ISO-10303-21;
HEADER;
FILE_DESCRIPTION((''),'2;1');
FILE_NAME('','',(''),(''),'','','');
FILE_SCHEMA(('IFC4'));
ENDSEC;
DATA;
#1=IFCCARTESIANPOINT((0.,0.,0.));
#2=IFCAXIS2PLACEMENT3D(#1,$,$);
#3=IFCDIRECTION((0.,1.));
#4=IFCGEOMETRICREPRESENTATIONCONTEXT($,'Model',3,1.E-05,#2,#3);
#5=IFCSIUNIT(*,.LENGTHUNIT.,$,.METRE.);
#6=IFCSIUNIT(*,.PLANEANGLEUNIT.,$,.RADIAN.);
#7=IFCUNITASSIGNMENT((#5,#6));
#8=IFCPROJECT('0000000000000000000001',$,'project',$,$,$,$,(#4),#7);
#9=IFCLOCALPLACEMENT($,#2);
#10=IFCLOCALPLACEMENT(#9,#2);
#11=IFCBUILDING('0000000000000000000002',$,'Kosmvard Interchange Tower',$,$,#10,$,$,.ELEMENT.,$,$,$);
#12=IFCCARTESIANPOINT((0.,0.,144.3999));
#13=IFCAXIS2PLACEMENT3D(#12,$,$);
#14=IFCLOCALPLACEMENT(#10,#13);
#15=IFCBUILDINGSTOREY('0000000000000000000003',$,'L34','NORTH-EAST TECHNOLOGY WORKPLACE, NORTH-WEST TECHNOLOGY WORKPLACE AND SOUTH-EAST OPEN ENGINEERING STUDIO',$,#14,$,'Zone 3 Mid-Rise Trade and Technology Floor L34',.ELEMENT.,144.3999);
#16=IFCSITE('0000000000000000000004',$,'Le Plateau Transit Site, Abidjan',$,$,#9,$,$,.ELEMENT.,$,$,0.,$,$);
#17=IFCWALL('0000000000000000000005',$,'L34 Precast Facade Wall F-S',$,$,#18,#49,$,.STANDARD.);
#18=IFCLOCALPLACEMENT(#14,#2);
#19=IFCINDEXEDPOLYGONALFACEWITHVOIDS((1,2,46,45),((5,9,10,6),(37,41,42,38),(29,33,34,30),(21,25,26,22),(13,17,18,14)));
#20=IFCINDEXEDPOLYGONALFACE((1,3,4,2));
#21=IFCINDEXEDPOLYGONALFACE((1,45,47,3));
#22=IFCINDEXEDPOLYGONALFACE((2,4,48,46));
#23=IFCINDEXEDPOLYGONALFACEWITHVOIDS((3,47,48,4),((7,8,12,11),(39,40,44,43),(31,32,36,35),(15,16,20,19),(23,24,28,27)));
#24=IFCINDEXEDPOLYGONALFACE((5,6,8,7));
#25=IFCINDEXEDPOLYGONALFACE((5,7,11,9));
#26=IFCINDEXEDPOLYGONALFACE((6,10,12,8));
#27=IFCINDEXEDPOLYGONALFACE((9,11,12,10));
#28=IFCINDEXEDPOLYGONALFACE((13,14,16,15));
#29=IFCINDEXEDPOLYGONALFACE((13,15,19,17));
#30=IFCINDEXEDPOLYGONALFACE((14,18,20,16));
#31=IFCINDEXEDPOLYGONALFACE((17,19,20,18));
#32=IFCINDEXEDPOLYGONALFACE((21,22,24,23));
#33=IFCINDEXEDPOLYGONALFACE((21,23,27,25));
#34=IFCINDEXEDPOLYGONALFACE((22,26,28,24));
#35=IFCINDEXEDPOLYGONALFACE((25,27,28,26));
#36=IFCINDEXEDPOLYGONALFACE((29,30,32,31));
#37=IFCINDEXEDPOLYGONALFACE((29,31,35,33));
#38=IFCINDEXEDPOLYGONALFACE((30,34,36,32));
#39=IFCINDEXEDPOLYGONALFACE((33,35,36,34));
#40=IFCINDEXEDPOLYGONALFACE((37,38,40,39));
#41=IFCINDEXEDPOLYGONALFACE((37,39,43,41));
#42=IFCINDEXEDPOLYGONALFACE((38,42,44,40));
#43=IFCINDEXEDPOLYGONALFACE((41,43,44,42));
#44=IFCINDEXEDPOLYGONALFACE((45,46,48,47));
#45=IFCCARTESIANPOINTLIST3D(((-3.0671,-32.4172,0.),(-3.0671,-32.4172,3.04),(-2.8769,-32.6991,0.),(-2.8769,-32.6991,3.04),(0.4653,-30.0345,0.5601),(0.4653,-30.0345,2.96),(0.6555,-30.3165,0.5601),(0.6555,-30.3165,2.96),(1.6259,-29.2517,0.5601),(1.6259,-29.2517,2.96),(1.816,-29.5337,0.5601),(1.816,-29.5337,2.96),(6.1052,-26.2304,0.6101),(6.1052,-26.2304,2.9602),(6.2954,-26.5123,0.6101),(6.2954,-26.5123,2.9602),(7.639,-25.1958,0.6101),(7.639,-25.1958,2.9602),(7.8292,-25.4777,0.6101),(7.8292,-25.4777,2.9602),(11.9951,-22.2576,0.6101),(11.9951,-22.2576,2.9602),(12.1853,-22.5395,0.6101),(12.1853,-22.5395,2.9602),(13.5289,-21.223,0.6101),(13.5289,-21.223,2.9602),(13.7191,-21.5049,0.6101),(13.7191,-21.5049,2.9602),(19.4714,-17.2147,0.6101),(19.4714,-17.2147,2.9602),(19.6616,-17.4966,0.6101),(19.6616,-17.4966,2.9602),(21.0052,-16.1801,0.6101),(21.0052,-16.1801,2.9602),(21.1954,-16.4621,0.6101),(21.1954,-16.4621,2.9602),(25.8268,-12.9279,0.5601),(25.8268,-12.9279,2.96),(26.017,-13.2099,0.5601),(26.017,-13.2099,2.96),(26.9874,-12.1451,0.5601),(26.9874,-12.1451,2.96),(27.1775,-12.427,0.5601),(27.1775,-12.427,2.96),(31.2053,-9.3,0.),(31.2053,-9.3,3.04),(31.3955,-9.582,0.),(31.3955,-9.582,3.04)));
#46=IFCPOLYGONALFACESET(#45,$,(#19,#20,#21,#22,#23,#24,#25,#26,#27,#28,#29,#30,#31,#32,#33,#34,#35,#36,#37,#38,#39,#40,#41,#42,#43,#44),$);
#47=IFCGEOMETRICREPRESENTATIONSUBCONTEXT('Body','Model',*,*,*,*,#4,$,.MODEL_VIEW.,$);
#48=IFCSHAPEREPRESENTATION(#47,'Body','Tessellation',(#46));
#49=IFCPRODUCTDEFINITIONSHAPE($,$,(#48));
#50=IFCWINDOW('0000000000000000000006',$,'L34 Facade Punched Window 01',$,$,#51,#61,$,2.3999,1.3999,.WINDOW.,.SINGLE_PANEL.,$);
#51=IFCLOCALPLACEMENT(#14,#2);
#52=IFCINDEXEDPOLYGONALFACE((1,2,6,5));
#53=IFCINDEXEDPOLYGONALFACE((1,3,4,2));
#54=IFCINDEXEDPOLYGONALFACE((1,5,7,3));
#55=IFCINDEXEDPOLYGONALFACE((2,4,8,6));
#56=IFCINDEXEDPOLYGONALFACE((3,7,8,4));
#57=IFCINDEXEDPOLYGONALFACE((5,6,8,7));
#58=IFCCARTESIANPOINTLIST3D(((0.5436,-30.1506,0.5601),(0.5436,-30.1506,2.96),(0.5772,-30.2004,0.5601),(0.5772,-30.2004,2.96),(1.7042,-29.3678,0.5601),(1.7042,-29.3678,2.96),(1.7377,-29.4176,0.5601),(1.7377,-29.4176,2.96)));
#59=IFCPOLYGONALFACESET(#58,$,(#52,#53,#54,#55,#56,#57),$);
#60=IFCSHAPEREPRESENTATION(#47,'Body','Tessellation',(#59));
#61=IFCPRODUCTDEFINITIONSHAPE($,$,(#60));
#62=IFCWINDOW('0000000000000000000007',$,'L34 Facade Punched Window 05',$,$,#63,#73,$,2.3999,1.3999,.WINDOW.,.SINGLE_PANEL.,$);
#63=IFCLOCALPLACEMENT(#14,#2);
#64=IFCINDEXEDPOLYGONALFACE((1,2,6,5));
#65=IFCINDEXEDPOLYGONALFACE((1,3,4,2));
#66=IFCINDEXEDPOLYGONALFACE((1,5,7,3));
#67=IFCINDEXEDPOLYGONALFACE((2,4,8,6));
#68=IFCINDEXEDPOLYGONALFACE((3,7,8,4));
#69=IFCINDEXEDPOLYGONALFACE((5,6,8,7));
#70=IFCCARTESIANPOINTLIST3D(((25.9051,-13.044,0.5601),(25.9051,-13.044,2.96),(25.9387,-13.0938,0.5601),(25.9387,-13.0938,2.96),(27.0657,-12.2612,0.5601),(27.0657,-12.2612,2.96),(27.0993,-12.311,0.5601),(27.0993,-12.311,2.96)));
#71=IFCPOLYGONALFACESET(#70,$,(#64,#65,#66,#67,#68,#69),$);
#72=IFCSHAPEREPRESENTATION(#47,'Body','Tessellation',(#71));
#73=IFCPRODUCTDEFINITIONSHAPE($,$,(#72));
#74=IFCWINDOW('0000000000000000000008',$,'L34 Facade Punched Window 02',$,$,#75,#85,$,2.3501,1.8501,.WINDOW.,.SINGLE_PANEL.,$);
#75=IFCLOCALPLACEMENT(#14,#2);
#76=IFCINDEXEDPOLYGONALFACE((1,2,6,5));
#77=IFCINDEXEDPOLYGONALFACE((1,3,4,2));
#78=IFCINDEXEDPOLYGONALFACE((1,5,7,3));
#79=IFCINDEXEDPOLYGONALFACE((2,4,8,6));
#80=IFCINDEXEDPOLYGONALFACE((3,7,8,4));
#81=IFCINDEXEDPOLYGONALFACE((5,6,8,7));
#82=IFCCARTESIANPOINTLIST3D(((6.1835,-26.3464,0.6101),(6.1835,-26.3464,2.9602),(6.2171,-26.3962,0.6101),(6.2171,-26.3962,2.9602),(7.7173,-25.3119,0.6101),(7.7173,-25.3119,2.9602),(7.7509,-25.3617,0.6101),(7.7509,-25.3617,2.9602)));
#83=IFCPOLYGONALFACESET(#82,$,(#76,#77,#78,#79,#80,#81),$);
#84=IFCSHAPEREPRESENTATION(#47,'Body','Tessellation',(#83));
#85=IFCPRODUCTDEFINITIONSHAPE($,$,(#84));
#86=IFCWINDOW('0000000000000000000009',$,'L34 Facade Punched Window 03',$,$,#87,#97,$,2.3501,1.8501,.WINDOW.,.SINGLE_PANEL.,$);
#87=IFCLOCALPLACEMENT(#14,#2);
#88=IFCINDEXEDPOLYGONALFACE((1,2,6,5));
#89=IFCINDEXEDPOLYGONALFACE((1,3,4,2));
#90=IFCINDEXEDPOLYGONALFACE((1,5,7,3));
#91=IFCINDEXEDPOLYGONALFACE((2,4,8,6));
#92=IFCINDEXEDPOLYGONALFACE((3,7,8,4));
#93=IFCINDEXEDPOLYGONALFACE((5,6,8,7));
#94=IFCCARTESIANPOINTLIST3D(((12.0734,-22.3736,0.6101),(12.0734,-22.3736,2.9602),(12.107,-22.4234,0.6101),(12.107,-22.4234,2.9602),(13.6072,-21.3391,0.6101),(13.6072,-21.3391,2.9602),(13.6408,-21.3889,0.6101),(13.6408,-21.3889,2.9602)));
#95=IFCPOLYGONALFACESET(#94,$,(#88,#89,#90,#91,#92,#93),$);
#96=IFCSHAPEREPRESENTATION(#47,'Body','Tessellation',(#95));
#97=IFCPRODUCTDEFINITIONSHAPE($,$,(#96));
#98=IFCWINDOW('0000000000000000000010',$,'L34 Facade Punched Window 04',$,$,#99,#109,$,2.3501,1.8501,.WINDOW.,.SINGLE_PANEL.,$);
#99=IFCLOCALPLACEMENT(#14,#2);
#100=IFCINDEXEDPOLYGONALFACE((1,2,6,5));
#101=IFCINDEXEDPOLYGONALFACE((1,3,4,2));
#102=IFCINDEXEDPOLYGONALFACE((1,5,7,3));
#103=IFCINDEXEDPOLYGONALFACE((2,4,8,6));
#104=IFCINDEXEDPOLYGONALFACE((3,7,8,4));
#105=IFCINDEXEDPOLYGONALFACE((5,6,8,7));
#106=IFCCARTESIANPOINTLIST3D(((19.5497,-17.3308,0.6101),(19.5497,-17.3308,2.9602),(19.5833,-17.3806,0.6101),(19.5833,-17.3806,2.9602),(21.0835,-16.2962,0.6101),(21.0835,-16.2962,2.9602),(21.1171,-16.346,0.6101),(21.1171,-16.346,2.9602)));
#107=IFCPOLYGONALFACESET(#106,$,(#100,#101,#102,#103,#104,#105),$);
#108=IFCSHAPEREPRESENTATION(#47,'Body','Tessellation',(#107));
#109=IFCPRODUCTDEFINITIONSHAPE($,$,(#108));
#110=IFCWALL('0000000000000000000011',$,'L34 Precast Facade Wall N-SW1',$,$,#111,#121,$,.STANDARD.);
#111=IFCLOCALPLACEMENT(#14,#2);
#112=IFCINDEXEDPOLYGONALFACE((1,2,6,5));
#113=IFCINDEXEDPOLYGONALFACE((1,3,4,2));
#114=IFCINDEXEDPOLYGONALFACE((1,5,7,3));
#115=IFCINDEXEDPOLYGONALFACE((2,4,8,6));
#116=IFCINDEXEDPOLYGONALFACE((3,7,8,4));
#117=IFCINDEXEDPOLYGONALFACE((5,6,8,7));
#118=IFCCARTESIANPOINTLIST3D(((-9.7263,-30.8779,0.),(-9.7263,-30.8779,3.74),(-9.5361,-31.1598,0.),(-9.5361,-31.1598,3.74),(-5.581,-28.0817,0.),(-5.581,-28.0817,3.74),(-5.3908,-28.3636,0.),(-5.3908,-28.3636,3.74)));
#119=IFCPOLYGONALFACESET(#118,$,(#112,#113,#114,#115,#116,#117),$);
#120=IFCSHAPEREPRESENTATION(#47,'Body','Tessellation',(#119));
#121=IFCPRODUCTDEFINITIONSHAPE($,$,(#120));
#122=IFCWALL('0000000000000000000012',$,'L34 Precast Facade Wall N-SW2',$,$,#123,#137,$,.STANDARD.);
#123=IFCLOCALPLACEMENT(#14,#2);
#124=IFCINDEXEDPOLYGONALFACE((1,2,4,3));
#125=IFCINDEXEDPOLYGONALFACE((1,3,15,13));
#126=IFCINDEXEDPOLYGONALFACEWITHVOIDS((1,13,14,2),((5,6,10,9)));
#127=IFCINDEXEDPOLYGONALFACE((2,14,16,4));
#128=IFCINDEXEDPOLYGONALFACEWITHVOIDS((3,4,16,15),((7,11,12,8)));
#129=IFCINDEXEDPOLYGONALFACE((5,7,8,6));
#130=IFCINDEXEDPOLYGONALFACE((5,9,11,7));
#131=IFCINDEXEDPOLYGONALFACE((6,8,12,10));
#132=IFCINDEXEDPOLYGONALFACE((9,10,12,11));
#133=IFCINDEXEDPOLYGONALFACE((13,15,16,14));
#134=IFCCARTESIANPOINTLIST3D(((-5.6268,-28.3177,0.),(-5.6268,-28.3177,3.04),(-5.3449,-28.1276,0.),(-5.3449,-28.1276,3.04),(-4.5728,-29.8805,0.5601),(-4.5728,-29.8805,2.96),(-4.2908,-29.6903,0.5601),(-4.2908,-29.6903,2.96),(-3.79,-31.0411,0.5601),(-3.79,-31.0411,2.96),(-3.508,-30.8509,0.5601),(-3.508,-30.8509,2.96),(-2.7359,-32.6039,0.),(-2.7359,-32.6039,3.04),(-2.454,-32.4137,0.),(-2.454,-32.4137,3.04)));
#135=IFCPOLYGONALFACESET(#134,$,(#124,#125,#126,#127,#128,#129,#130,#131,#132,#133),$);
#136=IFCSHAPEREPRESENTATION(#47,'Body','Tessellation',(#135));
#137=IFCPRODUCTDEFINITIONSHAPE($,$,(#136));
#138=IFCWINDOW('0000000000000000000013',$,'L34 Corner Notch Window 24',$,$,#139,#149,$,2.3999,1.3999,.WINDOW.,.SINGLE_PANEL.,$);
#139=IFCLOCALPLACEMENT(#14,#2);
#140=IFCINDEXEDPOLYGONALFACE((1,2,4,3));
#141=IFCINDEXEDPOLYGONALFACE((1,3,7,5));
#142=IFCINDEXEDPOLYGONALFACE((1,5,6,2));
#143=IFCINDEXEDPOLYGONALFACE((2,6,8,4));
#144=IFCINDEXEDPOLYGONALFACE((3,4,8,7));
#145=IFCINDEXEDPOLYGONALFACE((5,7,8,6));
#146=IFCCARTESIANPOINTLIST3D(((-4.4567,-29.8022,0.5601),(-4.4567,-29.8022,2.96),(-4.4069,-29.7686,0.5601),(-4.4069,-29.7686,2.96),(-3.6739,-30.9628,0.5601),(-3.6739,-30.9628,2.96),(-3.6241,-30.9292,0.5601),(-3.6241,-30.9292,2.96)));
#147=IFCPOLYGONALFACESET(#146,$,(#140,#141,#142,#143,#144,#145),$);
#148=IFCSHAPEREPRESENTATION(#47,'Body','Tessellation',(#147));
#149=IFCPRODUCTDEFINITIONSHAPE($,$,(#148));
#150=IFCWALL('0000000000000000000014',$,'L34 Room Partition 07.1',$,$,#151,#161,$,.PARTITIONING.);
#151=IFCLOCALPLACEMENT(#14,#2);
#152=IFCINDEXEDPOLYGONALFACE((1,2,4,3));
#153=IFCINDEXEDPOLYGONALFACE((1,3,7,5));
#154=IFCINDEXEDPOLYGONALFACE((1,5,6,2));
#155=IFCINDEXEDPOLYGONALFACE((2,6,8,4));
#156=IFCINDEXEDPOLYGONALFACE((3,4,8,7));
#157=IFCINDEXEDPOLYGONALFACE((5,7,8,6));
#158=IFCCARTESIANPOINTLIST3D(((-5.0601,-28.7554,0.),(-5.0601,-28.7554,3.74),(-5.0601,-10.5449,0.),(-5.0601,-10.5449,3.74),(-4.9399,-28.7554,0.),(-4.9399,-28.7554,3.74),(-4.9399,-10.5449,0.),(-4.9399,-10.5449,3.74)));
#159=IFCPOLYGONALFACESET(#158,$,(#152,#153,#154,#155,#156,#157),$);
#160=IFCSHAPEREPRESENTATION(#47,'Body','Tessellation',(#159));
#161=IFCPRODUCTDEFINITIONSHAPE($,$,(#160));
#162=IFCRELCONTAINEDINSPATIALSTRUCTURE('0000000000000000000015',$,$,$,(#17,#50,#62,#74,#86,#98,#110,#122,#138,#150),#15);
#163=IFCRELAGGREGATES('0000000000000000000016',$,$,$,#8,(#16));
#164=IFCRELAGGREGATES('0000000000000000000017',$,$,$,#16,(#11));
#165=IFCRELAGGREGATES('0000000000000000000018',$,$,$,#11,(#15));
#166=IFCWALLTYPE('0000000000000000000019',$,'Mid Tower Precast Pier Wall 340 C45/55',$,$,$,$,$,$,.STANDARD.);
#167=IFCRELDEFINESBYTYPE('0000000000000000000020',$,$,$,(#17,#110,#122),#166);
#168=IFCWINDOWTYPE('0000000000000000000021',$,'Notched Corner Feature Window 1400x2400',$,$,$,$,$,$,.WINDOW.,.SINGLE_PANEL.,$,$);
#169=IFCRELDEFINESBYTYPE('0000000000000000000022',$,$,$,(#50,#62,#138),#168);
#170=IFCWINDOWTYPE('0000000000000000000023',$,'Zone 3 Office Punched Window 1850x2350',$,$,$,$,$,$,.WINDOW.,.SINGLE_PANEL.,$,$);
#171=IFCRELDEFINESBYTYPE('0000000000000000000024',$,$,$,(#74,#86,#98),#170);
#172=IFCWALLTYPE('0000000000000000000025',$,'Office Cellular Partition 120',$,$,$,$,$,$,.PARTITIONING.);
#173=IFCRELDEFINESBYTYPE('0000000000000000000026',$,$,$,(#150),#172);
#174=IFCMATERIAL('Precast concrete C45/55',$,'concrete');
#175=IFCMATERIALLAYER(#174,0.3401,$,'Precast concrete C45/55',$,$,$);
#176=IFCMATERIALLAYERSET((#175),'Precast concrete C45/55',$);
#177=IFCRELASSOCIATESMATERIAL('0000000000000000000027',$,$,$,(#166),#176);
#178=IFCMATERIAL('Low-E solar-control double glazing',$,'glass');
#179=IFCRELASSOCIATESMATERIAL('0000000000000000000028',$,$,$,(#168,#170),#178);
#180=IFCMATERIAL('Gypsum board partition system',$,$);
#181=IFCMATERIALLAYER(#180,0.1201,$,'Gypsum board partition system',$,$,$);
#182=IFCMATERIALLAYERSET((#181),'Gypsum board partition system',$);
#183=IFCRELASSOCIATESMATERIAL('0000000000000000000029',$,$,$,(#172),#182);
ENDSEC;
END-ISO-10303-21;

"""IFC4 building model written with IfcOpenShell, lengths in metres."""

from ifc_helpers import new_model, si_unit, direction, frame, frame_2d, origin, place, context, subcontext, project, spatial, rectangle, extrude, source, transform, mapped, material, layer, layer_set, type_object, element, fill, save


model = new_model("IFC4")

# Units and contexts
model_context = context("Model", 3, precision=1e-05, world=origin(), true_north=direction((0.0, 1.0)))
body_context = subcontext(model_context, "Body", "Model", "MODEL_VIEW")
ifc_project = project(units=[si_unit("LENGTHUNIT", "METRE"), si_unit("PLANEANGLEUNIT", "RADIAN")], contexts=[model_context])

# Site, building, storey
site_placement = place(None, origin())
site = spatial("IfcSite", under=ifc_project, at=site_placement, Name="Le Plateau Transit Site, Abidjan", CompositionType="ELEMENT", RefElevation=0.0)
building_placement = place(site_placement, origin())
building = spatial("IfcBuilding", under=site, at=building_placement, Name="Kosmvard Interchange Tower", CompositionType="ELEMENT")
storey_placement = place(building_placement, frame((0.0, 0.0, 144.3999)))
storey = spatial("IfcBuildingStorey", under=building, at=storey_placement, Name="L34", Description="NORTH-EAST TECHNOLOGY WORKPLACE, NORTH-WEST TECHNOLOGY WORKPLACE AND SOUTH-EAST OPEN ENGINEERING STUDIO", LongName="Zone 3 Mid-Rise Trade and Technology Floor L34", CompositionType="ELEMENT", Elevation=144.3999)

# Shared definitions
ifc_material_1 = material(Name="Precast concrete C45/55", Category="concrete")

# Wall, openings, windows
ifc_layer_1 = layer(ifc_material_1, 0.3401, Name="Precast concrete C45/55")
ifc_layer_set_1 = layer_set([ifc_layer_1], Name="Precast concrete C45/55")
wall_type_1 = type_object("IfcWallType", Name="Mid Tower Precast Pier Wall 340 C45/55", PredefinedType="STANDARD", material=ifc_layer_set_1)
wall_1_placement = place(storey_placement, frame((-2.9719, -32.5581, 0.0), z_axis=(0.0, 0.0, 1.0), x_axis=(0.829036, 0.559195, 0.0)))
wall_1 = element("IfcWall", 1, at=wall_1_placement, inside=storey, type_object=wall_type_1, Name="L34 Precast Facade Wall F-S", PredefinedType="STANDARD", context=body_context, shape_type="SweptSolid", body=[
    extrude(rectangle(XDim=41.3401, YDim=0.3401, at=frame_2d((20.6699, 0.0))), origin(), (0.0, 0.0, 1.0), 3.04),
])
opening_1_placement = place(wall_1_placement, frame((4.2607, 0.0, 0.5601)))
opening_1 = element("IfcOpeningElement", 2, at=opening_1_placement, cuts=wall_1, PredefinedType="OPENING", context=body_context, shape_type="SweptSolid", body=[
    extrude(rectangle(XDim=1.3999, YDim=2.3999, at=frame_2d((0.7, 1.2))), frame((0.0, 0.1802, 0.0), z_axis=(0.0, -1.0, 0.0), x_axis=(1.0, 0.0, 0.0)), (0.0, 0.0, 1.0), 0.3601),
])
opening_2_placement = place(wall_1_placement, frame((11.0637, 0.0, 0.6101)))
opening_2 = element("IfcOpeningElement", 3, at=opening_2_placement, cuts=wall_1, PredefinedType="OPENING", context=body_context, shape_type="SweptSolid", body=[
    extrude(rectangle(XDim=1.8501, YDim=2.3501, at=frame_2d((0.925, 1.175))), frame((0.0, 0.1802, 0.0), z_axis=(0.0, -1.0, 0.0), x_axis=(1.0, 0.0, 0.0)), (0.0, 0.0, 1.0), 0.3601),
])
opening_3_placement = place(wall_1_placement, frame((18.1682, 0.0, 0.6101)))
opening_3 = element("IfcOpeningElement", 4, at=opening_3_placement, cuts=wall_1, PredefinedType="OPENING", context=body_context, shape_type="SweptSolid", body=[
    extrude(rectangle(XDim=1.8501, YDim=2.3501, at=frame_2d((0.925, 1.175))), frame((0.0, 0.1802, 0.0), z_axis=(0.0, -1.0, 0.0), x_axis=(1.0, 0.0, 0.0)), (0.0, 0.0, 1.0), 0.3601),
])
opening_4_placement = place(wall_1_placement, frame((27.1863, 0.0, 0.6101)))
opening_4 = element("IfcOpeningElement", 5, at=opening_4_placement, cuts=wall_1, PredefinedType="OPENING", context=body_context, shape_type="SweptSolid", body=[
    extrude(rectangle(XDim=1.8501, YDim=2.3501, at=frame_2d((0.925, 1.175))), frame((0.0, 0.1802, 0.0), z_axis=(0.0, -1.0, 0.0), x_axis=(1.0, 0.0, 0.0)), (0.0, 0.0, 1.0), 0.3601),
])
opening_5_placement = place(wall_1_placement, frame((34.8523, 0.0, 0.5601)))
opening_5 = element("IfcOpeningElement", 6, at=opening_5_placement, cuts=wall_1, PredefinedType="OPENING", context=body_context, shape_type="SweptSolid", body=[
    extrude(rectangle(XDim=1.3999, YDim=2.3999, at=frame_2d((0.7, 1.2))), frame((0.0, 0.1802, 0.0), z_axis=(0.0, -1.0, 0.0), x_axis=(1.0, 0.0, 0.0)), (0.0, 0.0, 1.0), 0.3601),
])
ifc_material_2 = material(Name="Low-E solar-control double glazing", Category="glass")
window_type_1 = type_object("IfcWindowType", Name="Notched Corner Feature Window 1400x2400", PartitioningType="SINGLE_PANEL", PredefinedType="WINDOW", material=ifc_material_2)
shared_shape_1 = source(origin(), body_context, "Body", "SweptSolid", [
    extrude(rectangle(XDim=1.3999, YDim=2.3999, at=frame_2d((0.7, 1.2))), frame((0.0, 0.03, 0.0), z_axis=(0.0, -1.0, 0.0), x_axis=(1.0, 0.0, 0.0)), (0.0, 0.0, 1.0), 0.0601),
])
window_1_placement = place(opening_1_placement, origin())
window_1 = element("IfcWindow", 7, at=window_1_placement, inside=storey, type_object=window_type_1, Name="L34 Facade Punched Window 01", OverallHeight=2.3999, OverallWidth=1.3999, PartitioningType="SINGLE_PANEL", PredefinedType="WINDOW", context=body_context, shape_type="MappedRepresentation", body=[
    mapped(shared_shape_1, transform((0.0, 0.0, 0.0), scale=1.0)),
])
fill(opening_1, window_1)
window_2_placement = place(opening_5_placement, origin())
window_2 = element("IfcWindow", 8, at=window_2_placement, inside=storey, type_object=window_type_1, Name="L34 Facade Punched Window 05", OverallHeight=2.3999, OverallWidth=1.3999, PartitioningType="SINGLE_PANEL", PredefinedType="WINDOW", context=body_context, shape_type="MappedRepresentation", body=[
    mapped(shared_shape_1, transform((0.0, 0.0, 0.0), scale=1.0)),
])
fill(opening_5, window_2)
window_type_2 = type_object("IfcWindowType", Name="Zone 3 Office Punched Window 1850x2350", PartitioningType="SINGLE_PANEL", PredefinedType="WINDOW", material=ifc_material_2)
shared_shape_2 = source(origin(), body_context, "Body", "SweptSolid", [
    extrude(rectangle(XDim=1.8501, YDim=2.3501, at=frame_2d((0.925, 1.175))), frame((0.0, 0.03, 0.0), z_axis=(0.0, -1.0, 0.0), x_axis=(1.0, 0.0, 0.0)), (0.0, 0.0, 1.0), 0.0601),
])
window_3_placement = place(opening_2_placement, origin())
window_3 = element("IfcWindow", 9, at=window_3_placement, inside=storey, type_object=window_type_2, Name="L34 Facade Punched Window 02", OverallHeight=2.3501, OverallWidth=1.8501, PartitioningType="SINGLE_PANEL", PredefinedType="WINDOW", context=body_context, shape_type="MappedRepresentation", body=[
    mapped(shared_shape_2, transform((0.0, 0.0, 0.0), scale=1.0)),
])
fill(opening_2, window_3)
window_4_placement = place(opening_3_placement, origin())
window_4 = element("IfcWindow", 10, at=window_4_placement, inside=storey, type_object=window_type_2, Name="L34 Facade Punched Window 03", OverallHeight=2.3501, OverallWidth=1.8501, PartitioningType="SINGLE_PANEL", PredefinedType="WINDOW", context=body_context, shape_type="MappedRepresentation", body=[
    mapped(shared_shape_2, transform((0.0, 0.0, 0.0), scale=1.0)),
])
fill(opening_3, window_4)
window_5_placement = place(opening_4_placement, origin())
window_5 = element("IfcWindow", 11, at=window_5_placement, inside=storey, type_object=window_type_2, Name="L34 Facade Punched Window 04", OverallHeight=2.3501, OverallWidth=1.8501, PartitioningType="SINGLE_PANEL", PredefinedType="WINDOW", context=body_context, shape_type="MappedRepresentation", body=[
    mapped(shared_shape_2, transform((0.0, 0.0, 0.0), scale=1.0)),
])
fill(opening_4, window_5)

# Wall
wall_2_placement = place(storey_placement, frame((-9.6311, -31.0188, 0.0), z_axis=(0.0, 0.0, 1.0), x_axis=(0.829026, 0.55921, 0.0)))
element("IfcWall", 12, at=wall_2_placement, inside=storey, type_object=wall_type_1, Name="L34 Precast Facade Wall N-SW1", PredefinedType="STANDARD", context=body_context, shape_type="SweptSolid", body=[
    extrude(rectangle(XDim=5.0002, YDim=0.3401, at=frame_2d((2.5, 0.0))), origin(), (0.0, 0.0, 1.0), 3.74),
])

# Wall, opening, window
wall_3_placement = place(storey_placement, frame((-5.4858, -28.2227, 0.0), z_axis=(0.0, 0.0, 1.0), x_axis=(0.559171, -0.829052, 0.0)))
wall_3 = element("IfcWall", 13, at=wall_3_placement, inside=storey, type_object=wall_type_1, Name="L34 Precast Facade Wall N-SW2", PredefinedType="STANDARD", context=body_context, shape_type="SweptSolid", body=[
    extrude(rectangle(XDim=5.1699, YDim=0.3401, at=frame_2d((2.585, 0.0))), origin(), (0.0, 0.0, 1.0), 3.04),
])
opening_6_placement = place(wall_3_placement, frame((1.885, 0.0, 0.5601)))
opening_6 = element("IfcOpeningElement", 14, at=opening_6_placement, cuts=wall_3, PredefinedType="OPENING", context=body_context, shape_type="SweptSolid", body=[
    extrude(rectangle(XDim=1.3999, YDim=2.3999, at=frame_2d((0.7, 1.2))), frame((0.0, 0.1802, 0.0), z_axis=(0.0, -1.0, 0.0), x_axis=(1.0, 0.0, 0.0)), (0.0, 0.0, 1.0), 0.3601),
])
window_6_placement = place(opening_6_placement, origin())
window_6 = element("IfcWindow", 15, at=window_6_placement, inside=storey, type_object=window_type_1, Name="L34 Corner Notch Window 24", OverallHeight=2.3999, OverallWidth=1.3999, PartitioningType="SINGLE_PANEL", PredefinedType="WINDOW", context=body_context, shape_type="MappedRepresentation", body=[
    mapped(shared_shape_1, transform((0.0, 0.0, 0.0), scale=1.0)),
])
fill(opening_6, window_6)

# Wall
ifc_material_3 = material(Name="Gypsum board partition system")
ifc_layer_2 = layer(ifc_material_3, 0.1201, Name="Gypsum board partition system")
ifc_layer_set_2 = layer_set([ifc_layer_2], Name="Gypsum board partition system")
wall_type_2 = type_object("IfcWallType", Name="Office Cellular Partition 120", PredefinedType="PARTITIONING", material=ifc_layer_set_2)
wall_4_placement = place(storey_placement, frame((-5.0, -28.7554, 0.0), z_axis=(0.0, 0.0, 1.0), x_axis=(0.0, 1.0, 0.0)))
element("IfcWall", 16, at=wall_4_placement, inside=storey, type_object=wall_type_2, Name="L34 Room Partition 07.1", PredefinedType="PARTITIONING", context=body_context, shape_type="SweptSolid", body=[
    extrude(rectangle(XDim=18.2104, YDim=0.1201, at=frame_2d((9.1052, 0.0))), origin(), (0.0, 0.0, 1.0), 3.74),
])

save(model, "model.ifc")
